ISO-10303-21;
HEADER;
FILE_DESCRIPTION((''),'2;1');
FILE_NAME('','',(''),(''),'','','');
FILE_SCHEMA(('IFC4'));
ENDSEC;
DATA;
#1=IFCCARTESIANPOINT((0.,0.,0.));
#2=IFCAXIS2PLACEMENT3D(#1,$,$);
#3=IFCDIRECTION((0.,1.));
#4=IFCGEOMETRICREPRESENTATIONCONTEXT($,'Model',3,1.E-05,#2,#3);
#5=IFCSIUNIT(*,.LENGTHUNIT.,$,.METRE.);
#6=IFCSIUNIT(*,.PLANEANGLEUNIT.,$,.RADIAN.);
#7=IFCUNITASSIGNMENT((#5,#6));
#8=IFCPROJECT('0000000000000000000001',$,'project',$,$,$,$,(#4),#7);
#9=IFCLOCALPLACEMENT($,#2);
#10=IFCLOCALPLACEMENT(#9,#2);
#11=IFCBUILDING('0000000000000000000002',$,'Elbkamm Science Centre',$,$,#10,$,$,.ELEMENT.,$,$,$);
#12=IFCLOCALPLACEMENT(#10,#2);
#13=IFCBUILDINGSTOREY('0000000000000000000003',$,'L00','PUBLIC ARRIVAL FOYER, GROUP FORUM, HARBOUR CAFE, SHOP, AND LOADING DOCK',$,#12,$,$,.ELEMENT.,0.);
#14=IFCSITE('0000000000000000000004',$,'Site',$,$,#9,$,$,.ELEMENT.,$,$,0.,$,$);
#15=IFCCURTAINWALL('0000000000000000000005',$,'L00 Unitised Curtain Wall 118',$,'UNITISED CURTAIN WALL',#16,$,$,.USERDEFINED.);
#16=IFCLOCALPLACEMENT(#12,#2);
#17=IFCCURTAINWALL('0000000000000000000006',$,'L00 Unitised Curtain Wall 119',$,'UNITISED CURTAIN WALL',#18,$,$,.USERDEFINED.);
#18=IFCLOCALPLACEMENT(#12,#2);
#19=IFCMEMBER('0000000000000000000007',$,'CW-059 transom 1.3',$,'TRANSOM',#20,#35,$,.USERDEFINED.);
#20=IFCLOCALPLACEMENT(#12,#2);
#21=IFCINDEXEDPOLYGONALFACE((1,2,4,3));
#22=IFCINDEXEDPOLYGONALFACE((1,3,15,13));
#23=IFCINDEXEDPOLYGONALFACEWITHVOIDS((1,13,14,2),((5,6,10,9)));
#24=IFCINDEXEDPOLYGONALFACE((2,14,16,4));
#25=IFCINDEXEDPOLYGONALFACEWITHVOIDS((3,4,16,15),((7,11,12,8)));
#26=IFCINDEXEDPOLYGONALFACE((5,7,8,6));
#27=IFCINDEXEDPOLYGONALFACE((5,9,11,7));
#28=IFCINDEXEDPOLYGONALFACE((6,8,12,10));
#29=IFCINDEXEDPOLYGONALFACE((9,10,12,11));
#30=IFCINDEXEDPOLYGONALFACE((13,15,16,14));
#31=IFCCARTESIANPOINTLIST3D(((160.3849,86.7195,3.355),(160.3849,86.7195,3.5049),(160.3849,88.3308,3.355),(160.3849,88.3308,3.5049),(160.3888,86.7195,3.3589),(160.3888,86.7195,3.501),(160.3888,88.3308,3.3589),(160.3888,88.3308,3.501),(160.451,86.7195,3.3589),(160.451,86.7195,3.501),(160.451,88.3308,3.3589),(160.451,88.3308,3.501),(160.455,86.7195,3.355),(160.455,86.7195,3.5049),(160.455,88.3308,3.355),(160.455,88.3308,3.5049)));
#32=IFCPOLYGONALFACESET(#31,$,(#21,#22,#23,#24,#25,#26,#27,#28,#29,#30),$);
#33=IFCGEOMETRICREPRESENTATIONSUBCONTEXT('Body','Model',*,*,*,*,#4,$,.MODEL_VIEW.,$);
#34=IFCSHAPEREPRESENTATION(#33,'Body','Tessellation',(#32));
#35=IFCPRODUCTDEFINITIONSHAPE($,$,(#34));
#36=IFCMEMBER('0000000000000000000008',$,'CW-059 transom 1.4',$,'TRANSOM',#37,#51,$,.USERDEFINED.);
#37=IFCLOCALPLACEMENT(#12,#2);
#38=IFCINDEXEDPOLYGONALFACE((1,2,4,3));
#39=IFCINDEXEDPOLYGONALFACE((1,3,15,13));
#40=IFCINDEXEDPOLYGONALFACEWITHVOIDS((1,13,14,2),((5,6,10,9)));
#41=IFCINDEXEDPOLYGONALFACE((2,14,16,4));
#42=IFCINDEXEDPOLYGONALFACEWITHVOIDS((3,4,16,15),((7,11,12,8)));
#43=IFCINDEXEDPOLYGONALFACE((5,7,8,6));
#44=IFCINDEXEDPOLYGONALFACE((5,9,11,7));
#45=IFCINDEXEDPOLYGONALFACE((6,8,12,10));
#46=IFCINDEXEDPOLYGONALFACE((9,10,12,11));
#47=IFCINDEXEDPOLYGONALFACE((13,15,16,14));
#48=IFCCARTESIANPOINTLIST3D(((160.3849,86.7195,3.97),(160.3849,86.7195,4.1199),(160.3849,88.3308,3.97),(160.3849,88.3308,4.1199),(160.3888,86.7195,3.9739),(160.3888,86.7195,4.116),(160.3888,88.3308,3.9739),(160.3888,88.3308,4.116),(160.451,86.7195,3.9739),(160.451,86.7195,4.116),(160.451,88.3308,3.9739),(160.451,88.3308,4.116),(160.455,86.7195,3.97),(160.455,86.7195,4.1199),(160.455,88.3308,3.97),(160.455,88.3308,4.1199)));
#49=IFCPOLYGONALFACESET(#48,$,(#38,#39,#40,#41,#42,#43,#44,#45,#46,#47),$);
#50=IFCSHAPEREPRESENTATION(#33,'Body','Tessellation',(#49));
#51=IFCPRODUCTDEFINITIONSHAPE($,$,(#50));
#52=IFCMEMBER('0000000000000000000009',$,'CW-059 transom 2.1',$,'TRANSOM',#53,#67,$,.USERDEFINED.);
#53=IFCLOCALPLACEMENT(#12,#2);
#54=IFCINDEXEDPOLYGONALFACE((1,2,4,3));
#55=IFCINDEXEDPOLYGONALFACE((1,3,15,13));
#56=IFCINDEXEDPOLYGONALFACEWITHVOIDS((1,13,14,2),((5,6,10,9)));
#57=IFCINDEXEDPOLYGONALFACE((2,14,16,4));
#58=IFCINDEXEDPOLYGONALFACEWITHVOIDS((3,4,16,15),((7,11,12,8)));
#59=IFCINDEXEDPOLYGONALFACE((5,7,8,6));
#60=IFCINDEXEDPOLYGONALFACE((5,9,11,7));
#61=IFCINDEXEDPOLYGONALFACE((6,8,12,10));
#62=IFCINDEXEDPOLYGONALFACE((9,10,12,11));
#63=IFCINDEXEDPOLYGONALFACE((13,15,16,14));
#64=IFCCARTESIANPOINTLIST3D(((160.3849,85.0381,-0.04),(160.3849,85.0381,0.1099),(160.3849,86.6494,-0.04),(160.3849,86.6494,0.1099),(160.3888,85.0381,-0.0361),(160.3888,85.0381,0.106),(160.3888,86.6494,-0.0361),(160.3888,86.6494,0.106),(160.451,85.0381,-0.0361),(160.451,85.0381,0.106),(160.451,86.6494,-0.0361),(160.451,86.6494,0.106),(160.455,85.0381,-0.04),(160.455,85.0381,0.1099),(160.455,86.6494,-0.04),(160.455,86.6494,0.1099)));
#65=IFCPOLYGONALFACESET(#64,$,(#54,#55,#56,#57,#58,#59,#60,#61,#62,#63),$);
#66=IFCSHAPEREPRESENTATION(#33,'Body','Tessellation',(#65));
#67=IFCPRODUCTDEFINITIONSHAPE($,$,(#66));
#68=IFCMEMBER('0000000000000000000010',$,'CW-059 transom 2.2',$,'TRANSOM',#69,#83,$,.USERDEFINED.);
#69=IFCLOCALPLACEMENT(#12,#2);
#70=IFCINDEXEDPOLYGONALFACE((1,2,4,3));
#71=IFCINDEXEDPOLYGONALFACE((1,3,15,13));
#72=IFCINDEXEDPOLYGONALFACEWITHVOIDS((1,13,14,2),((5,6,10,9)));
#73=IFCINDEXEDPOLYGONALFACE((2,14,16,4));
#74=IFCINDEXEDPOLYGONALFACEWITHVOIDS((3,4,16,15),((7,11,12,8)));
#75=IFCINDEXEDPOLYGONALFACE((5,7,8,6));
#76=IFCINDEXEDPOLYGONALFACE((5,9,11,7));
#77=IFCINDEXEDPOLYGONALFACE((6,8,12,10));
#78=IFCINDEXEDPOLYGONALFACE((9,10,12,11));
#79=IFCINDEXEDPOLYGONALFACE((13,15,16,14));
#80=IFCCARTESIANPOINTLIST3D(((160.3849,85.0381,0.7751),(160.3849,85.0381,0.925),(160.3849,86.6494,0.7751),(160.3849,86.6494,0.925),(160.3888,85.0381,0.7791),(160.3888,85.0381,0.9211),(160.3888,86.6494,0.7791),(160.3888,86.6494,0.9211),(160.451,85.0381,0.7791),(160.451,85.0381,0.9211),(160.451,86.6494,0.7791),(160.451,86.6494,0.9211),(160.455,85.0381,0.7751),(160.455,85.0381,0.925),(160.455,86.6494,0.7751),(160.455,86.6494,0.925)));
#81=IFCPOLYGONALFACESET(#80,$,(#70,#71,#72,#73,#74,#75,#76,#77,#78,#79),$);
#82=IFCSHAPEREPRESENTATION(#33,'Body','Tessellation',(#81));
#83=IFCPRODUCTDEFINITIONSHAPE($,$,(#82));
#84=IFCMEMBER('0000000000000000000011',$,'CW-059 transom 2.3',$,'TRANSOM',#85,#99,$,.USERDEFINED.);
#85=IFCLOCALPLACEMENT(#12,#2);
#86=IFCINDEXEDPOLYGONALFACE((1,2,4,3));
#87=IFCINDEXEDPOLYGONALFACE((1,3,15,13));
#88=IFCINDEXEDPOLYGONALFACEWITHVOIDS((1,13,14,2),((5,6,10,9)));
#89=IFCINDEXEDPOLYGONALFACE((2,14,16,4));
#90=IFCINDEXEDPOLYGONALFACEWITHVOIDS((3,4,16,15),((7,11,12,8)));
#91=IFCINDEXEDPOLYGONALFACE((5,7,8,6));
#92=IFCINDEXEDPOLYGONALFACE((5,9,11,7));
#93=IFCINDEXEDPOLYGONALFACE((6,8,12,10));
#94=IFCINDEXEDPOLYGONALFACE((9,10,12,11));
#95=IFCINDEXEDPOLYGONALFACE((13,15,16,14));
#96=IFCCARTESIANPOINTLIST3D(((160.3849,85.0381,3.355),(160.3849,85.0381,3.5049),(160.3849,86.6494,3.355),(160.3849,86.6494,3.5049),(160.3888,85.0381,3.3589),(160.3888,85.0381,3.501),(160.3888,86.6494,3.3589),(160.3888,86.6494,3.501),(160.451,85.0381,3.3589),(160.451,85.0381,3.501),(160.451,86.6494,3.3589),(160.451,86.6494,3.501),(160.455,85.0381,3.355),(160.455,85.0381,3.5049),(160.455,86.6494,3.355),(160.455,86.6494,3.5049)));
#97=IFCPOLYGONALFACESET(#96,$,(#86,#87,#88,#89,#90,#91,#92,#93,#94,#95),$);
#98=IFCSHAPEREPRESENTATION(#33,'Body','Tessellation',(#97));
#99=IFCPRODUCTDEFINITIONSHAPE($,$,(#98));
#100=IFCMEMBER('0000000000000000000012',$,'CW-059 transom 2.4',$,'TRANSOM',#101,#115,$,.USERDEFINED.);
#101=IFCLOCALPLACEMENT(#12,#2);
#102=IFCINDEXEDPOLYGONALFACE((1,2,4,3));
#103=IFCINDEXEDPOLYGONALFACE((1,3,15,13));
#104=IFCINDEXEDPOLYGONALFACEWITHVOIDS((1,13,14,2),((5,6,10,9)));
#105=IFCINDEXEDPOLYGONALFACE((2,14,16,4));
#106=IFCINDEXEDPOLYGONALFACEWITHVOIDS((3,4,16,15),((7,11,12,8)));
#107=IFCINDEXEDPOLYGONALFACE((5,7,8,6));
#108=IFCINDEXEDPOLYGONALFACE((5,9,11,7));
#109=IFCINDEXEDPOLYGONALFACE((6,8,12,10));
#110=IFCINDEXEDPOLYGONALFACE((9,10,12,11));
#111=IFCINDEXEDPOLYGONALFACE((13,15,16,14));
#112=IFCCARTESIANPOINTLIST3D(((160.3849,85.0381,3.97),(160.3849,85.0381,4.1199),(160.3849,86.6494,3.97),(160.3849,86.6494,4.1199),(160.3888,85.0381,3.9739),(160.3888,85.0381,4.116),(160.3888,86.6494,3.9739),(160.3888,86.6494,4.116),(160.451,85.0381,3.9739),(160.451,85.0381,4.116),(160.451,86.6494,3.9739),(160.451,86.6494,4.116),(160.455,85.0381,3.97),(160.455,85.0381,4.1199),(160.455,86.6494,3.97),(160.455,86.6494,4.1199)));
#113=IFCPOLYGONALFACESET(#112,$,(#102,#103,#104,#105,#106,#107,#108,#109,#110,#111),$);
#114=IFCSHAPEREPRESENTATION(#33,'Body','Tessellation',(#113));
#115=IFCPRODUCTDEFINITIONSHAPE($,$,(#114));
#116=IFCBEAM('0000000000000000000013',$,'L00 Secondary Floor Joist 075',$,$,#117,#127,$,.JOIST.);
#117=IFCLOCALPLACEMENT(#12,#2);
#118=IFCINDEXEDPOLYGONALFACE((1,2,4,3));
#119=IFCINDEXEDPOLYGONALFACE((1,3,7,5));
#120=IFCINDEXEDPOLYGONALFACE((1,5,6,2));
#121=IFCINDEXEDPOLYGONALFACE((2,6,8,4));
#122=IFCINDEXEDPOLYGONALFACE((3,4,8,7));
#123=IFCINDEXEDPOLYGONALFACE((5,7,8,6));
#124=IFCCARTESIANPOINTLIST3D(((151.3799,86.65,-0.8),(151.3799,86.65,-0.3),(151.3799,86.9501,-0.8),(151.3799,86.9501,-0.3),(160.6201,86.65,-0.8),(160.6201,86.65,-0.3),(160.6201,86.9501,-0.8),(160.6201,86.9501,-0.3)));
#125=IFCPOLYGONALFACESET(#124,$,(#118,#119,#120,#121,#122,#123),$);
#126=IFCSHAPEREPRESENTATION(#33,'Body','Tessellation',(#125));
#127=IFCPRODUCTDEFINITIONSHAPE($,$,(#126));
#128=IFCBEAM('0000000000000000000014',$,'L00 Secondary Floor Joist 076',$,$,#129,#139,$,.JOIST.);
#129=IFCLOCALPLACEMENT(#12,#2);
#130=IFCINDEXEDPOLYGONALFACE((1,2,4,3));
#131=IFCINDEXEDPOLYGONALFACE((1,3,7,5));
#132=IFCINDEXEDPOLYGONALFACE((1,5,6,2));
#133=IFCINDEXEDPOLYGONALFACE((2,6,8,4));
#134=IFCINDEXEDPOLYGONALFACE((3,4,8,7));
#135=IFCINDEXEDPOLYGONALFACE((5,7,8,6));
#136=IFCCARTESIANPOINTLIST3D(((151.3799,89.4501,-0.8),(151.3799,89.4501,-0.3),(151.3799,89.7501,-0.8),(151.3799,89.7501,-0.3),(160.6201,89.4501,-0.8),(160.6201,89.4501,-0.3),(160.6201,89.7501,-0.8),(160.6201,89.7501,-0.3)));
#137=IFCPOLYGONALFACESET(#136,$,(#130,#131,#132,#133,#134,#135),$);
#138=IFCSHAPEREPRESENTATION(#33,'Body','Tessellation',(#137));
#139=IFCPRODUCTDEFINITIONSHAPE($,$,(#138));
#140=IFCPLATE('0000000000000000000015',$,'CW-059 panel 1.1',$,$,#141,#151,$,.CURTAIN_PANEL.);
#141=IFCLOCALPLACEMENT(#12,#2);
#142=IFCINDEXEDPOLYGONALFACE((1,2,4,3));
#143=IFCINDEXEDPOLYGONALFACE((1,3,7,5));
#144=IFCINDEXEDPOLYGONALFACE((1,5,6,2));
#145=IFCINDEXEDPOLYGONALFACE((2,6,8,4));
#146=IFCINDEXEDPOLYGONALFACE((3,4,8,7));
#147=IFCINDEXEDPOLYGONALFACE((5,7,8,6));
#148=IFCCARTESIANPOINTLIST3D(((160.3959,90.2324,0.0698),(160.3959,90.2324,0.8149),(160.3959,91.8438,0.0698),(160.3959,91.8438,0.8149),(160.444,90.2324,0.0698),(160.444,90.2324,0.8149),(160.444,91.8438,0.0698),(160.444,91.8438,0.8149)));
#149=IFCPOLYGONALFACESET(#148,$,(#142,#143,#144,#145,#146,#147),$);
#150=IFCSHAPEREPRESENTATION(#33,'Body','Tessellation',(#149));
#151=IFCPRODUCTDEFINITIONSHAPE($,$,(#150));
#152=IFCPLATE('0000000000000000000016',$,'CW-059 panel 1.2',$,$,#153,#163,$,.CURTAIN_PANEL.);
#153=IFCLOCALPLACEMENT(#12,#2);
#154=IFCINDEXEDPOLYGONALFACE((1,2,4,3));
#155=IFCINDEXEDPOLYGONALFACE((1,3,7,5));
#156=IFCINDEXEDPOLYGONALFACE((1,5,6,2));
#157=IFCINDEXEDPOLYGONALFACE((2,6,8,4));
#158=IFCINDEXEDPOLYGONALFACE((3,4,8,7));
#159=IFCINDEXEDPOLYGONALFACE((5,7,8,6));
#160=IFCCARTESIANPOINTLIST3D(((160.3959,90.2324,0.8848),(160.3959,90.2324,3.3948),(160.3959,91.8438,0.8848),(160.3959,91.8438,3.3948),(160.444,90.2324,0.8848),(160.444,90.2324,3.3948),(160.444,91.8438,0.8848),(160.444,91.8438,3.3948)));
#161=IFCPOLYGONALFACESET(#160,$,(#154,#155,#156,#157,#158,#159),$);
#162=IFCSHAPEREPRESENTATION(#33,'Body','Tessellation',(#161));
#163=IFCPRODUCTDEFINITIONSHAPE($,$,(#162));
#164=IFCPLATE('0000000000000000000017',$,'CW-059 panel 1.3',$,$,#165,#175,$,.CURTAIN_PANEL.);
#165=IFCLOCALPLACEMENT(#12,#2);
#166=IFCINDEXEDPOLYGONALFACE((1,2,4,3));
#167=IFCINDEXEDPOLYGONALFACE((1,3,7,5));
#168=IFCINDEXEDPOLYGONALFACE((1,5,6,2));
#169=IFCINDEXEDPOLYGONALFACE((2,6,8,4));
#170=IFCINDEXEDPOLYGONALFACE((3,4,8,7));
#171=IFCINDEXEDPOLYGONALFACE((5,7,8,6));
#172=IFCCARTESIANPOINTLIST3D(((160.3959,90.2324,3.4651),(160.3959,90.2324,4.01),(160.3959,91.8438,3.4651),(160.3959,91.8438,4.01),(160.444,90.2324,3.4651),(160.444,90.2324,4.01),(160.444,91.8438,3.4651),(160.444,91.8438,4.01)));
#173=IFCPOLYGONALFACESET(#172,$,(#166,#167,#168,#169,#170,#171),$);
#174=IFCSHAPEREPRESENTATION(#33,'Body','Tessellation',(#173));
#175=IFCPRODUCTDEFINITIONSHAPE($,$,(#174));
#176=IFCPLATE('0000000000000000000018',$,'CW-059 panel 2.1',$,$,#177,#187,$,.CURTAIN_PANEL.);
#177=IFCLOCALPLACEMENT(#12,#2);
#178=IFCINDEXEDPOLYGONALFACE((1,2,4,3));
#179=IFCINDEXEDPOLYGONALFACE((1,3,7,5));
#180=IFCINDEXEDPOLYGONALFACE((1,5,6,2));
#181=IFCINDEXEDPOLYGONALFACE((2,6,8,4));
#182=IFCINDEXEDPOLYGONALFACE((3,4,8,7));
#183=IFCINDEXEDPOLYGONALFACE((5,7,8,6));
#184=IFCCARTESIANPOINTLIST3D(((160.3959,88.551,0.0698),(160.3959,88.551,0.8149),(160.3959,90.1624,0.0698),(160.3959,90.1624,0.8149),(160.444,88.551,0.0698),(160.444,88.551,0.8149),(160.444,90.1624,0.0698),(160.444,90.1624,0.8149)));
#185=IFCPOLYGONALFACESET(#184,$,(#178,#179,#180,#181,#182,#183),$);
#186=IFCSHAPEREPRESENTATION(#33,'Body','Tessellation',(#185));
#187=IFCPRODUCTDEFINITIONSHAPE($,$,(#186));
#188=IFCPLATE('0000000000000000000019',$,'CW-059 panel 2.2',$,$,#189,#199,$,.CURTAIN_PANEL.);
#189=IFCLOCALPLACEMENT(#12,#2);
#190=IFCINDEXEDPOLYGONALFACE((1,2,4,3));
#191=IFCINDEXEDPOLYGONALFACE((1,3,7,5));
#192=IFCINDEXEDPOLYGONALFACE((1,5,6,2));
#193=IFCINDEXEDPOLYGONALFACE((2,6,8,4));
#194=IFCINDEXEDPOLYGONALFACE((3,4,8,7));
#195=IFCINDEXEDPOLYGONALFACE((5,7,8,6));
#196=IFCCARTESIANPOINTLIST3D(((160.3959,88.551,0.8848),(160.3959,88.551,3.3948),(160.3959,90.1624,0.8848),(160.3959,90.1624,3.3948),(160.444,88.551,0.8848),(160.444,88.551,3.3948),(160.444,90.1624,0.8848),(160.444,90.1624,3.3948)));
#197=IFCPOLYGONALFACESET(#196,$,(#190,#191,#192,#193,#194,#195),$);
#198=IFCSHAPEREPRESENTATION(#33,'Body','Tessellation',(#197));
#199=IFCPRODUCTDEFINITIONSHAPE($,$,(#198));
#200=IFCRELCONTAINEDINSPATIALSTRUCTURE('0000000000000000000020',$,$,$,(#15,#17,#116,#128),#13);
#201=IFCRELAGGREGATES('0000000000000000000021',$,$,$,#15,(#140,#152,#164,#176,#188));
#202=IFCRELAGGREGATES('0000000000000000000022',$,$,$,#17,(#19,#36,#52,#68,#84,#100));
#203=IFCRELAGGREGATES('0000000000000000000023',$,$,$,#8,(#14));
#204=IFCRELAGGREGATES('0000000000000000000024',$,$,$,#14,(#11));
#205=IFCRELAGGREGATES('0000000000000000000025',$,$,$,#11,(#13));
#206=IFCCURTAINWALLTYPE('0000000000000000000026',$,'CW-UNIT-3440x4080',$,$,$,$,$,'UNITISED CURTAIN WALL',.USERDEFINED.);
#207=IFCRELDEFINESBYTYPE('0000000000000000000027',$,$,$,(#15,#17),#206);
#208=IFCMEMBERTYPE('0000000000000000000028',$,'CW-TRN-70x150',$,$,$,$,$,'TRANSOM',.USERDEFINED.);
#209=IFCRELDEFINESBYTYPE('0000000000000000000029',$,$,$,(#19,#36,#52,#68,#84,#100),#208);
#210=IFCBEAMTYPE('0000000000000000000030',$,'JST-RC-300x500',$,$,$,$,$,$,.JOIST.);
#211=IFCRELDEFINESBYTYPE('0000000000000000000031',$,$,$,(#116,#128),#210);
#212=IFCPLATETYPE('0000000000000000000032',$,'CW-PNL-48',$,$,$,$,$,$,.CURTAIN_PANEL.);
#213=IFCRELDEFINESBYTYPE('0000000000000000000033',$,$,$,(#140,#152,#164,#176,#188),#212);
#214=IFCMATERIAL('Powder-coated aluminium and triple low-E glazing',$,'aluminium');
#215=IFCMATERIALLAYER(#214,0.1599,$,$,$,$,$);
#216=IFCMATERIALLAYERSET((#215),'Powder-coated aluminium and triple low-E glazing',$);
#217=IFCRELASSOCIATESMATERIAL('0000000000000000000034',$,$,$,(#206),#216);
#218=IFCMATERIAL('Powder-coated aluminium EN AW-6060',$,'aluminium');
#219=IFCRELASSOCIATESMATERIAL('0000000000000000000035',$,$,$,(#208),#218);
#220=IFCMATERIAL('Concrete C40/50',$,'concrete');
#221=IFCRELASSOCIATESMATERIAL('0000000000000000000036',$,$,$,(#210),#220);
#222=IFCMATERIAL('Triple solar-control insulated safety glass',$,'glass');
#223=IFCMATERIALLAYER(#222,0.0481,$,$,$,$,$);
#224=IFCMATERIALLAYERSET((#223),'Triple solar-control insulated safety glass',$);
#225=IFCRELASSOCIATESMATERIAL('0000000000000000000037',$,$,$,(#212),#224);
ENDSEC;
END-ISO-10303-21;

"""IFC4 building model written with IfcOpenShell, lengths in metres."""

from ifc_helpers import new_model, si_unit, direction, frame, origin, origin_2d, place, context, subcontext, project, spatial, rectangle, hollow_rectangle, extrude, material, layer, layer_set, material_profile, profile_set, type_object, element, aggregate, save


model = new_model("IFC4")

# Units and contexts
model_context = context("Model", 3, precision=1e-05, world=origin(), true_north=direction((0.0, 1.0)))
body_context = subcontext(model_context, "Body", "Model", "MODEL_VIEW")
ifc_project = project(units=[si_unit("LENGTHUNIT", "METRE"), si_unit("PLANEANGLEUNIT", "RADIAN")], contexts=[model_context])

# Site, building, storey
site_placement = place(None, origin())
site = spatial("IfcSite", under=ifc_project, at=site_placement, Name="Site", CompositionType="ELEMENT", RefElevation=0.0)
building_placement = place(site_placement, origin())
building = spatial("IfcBuilding", under=site, at=building_placement, Name="Elbkamm Science Centre", CompositionType="ELEMENT")
storey_placement = place(building_placement, origin())
storey = spatial("IfcBuildingStorey", under=building, at=storey_placement, Name="L00", Description="PUBLIC ARRIVAL FOYER, GROUP FORUM, HARBOUR CAFE, SHOP, AND LOADING DOCK", CompositionType="ELEMENT", Elevation=0.0)

# Curtain walls
ifc_material_1 = material(Name="Powder-coated aluminium and triple low-E glazing", Category="aluminium")
ifc_layer_1 = layer(ifc_material_1, 0.1599)
ifc_layer_set_1 = layer_set([ifc_layer_1], Name="Powder-coated aluminium and triple low-E glazing")
curtain_wall_type = type_object("IfcCurtainWallType", Name="CW-UNIT-3440x4080", ElementType="UNITISED CURTAIN WALL", PredefinedType="USERDEFINED", material=ifc_layer_set_1)
curtain_wall_1_placement = place(storey_placement, origin())
curtain_wall_1 = element("IfcCurtainWall", 1, at=curtain_wall_1_placement, inside=storey, type_object=curtain_wall_type, Name="L00 Unitised Curtain Wall 118", ObjectType="UNITISED CURTAIN WALL", PredefinedType="USERDEFINED")
ifc_material_2 = material(Name="Powder-coated aluminium EN AW-6060", Category="aluminium")
curtain_wall_2_placement = place(storey_placement, origin())
curtain_wall_2 = element("IfcCurtainWall", 2, at=curtain_wall_2_placement, inside=storey, type_object=curtain_wall_type, Name="L00 Unitised Curtain Wall 119", ObjectType="UNITISED CURTAIN WALL", PredefinedType="USERDEFINED")

# Members
ifc_material_profile_1 = material_profile(ifc_material_2, hollow_rectangle(XDim=0.0701, YDim=0.1499, WallThickness=0.0039, at=origin_2d()), Name="ALU T70x150")
ifc_profile_set_1 = profile_set([ifc_material_profile_1], Name="Powder-coated aluminium EN AW-6060")
member_type_1 = type_object("IfcMemberType", Name="CW-TRN-70x150", ElementType="TRANSOM", PredefinedType="USERDEFINED", material=ifc_profile_set_1)
member_1_placement = place(storey_placement, frame((160.4199, 88.3308, 3.4299), z_axis=(0.0, -1.0, 0.0), x_axis=(1.0, 0.0, 0.0)))
member_1 = element("IfcMember", 3, at=member_1_placement, type_object=member_type_1, Name="CW-059 transom 1.3", ObjectType="TRANSOM", PredefinedType="USERDEFINED", context=body_context, shape_type="SweptSolid", body=[
    extrude(hollow_rectangle(XDim=0.0701, YDim=0.1499, WallThickness=0.0039, at=origin_2d()), origin(), (0.0, 0.0, 1.0), 1.6113),
])
member_2_placement = place(storey_placement, frame((160.4199, 88.3308, 4.0449), z_axis=(0.0, -1.0, 0.0), x_axis=(1.0, 0.0, 0.0)))
member_2 = element("IfcMember", 4, at=member_2_placement, type_object=member_type_1, Name="CW-059 transom 1.4", ObjectType="TRANSOM", PredefinedType="USERDEFINED", context=body_context, shape_type="SweptSolid", body=[
    extrude(hollow_rectangle(XDim=0.0701, YDim=0.1499, WallThickness=0.0039, at=origin_2d()), origin(), (0.0, 0.0, 1.0), 1.6113),
])
member_3_placement = place(storey_placement, frame((160.4199, 86.6494, 0.0349), z_axis=(0.0, -1.0, 0.0), x_axis=(1.0, 0.0, 0.0)))
member_3 = element("IfcMember", 5, at=member_3_placement, type_object=member_type_1, Name="CW-059 transom 2.1", ObjectType="TRANSOM", PredefinedType="USERDEFINED", context=body_context, shape_type="SweptSolid", body=[
    extrude(hollow_rectangle(XDim=0.0701, YDim=0.1499, WallThickness=0.0039, at=origin_2d()), origin(), (0.0, 0.0, 1.0), 1.6113),
])
member_4_placement = place(storey_placement, frame((160.4199, 86.6494, 0.8501), z_axis=(0.0, -1.0, 0.0), x_axis=(1.0, 0.0, 0.0)))
member_4 = element("IfcMember", 6, at=member_4_placement, type_object=member_type_1, Name="CW-059 transom 2.2", ObjectType="TRANSOM", PredefinedType="USERDEFINED", context=body_context, shape_type="SweptSolid", body=[
    extrude(hollow_rectangle(XDim=0.0701, YDim=0.1499, WallThickness=0.0039, at=origin_2d()), origin(), (0.0, 0.0, 1.0), 1.6113),
])
member_5_placement = place(storey_placement, frame((160.4199, 86.6494, 3.4299), z_axis=(0.0, -1.0, 0.0), x_axis=(1.0, 0.0, 0.0)))
member_5 = element("IfcMember", 7, at=member_5_placement, type_object=member_type_1, Name="CW-059 transom 2.3", ObjectType="TRANSOM", PredefinedType="USERDEFINED", context=body_context, shape_type="SweptSolid", body=[
    extrude(hollow_rectangle(XDim=0.0701, YDim=0.1499, WallThickness=0.0039, at=origin_2d()), origin(), (0.0, 0.0, 1.0), 1.6113),
])
member_6_placement = place(storey_placement, frame((160.4199, 86.6494, 4.0449), z_axis=(0.0, -1.0, 0.0), x_axis=(1.0, 0.0, 0.0)))
member_6 = element("IfcMember", 8, at=member_6_placement, type_object=member_type_1, Name="CW-059 transom 2.4", ObjectType="TRANSOM", PredefinedType="USERDEFINED", context=body_context, shape_type="SweptSolid", body=[
    extrude(hollow_rectangle(XDim=0.0701, YDim=0.1499, WallThickness=0.0039, at=origin_2d()), origin(), (0.0, 0.0, 1.0), 1.6113),
])

# Beams
ifc_material_3 = material(Name="Concrete C40/50", Category="concrete")
ifc_material_profile_2 = material_profile(ifc_material_3, rectangle(XDim=0.3, YDim=0.5, at=origin_2d()), Name="RC 300x500")
ifc_profile_set_2 = profile_set([ifc_material_profile_2], Name="Concrete C40/50")
beam_type = type_object("IfcBeamType", Name="JST-RC-300x500", PredefinedType="JOIST", material=ifc_profile_set_2)
for number, where, z_axis, x_axis, name in (
    (9, (151.3799, 86.8, -0.55), (1.0, 0.0, 0.0), (0.0, 1.0, 0.0), "L00 Secondary Floor Joist 075"),
    (10, (151.3799, 89.6001, -0.55), (1.0, 0.0, 0.0), (0.0, 1.0, 0.0), "L00 Secondary Floor Joist 076"),
):
    element("IfcBeam", number, at=place(storey_placement, frame(where, z_axis=z_axis, x_axis=x_axis)), inside=storey, type_object=beam_type, Name=name, PredefinedType="JOIST", context=body_context, shape_type="SweptSolid", body=[
        extrude(rectangle(XDim=0.3, YDim=0.5, at=origin_2d()), origin(), (0.0, 0.0, 1.0), 9.2402),
    ])

# Plates
ifc_material_4 = material(Name="Triple solar-control insulated safety glass", Category="glass")
ifc_layer_2 = layer(ifc_material_4, 0.0481)
ifc_layer_set_2 = layer_set([ifc_layer_2], Name="Triple solar-control insulated safety glass")
plate_type = type_object("IfcPlateType", Name="CW-PNL-48", PredefinedType="CURTAIN_PANEL", material=ifc_layer_set_2)
plate_1_placement = place(storey_placement, frame((160.4199, 91.0381, 0.0698), z_axis=(0.0, 0.0, 1.0), x_axis=(0.0, -1.0, 0.0)))
plate_1 = element("IfcPlate", 11, at=plate_1_placement, type_object=plate_type, Name="CW-059 panel 1.1", PredefinedType="CURTAIN_PANEL", context=body_context, shape_type="SweptSolid", body=[
    extrude(rectangle(XDim=1.6113, YDim=0.0481, at=origin_2d()), origin(), (0.0, 0.0, 1.0), 0.7451),
])
plate_2_placement = place(storey_placement, frame((160.4199, 91.0381, 0.8848), z_axis=(0.0, 0.0, 1.0), x_axis=(0.0, -1.0, 0.0)))
plate_2 = element("IfcPlate", 12, at=plate_2_placement, type_object=plate_type, Name="CW-059 panel 1.2", PredefinedType="CURTAIN_PANEL", context=body_context, shape_type="SweptSolid", body=[
    extrude(rectangle(XDim=1.6113, YDim=0.0481, at=origin_2d()), origin(), (0.0, 0.0, 1.0), 2.51),
])
plate_3_placement = place(storey_placement, frame((160.4199, 91.0381, 3.4651), z_axis=(0.0, 0.0, 1.0), x_axis=(0.0, -1.0, 0.0)))
plate_3 = element("IfcPlate", 13, at=plate_3_placement, type_object=plate_type, Name="CW-059 panel 1.3", PredefinedType="CURTAIN_PANEL", context=body_context, shape_type="SweptSolid", body=[
    extrude(rectangle(XDim=1.6113, YDim=0.0481, at=origin_2d()), origin(), (0.0, 0.0, 1.0), 0.5449),
])
plate_4_placement = place(storey_placement, frame((160.4199, 89.3567, 0.0698), z_axis=(0.0, 0.0, 1.0), x_axis=(0.0, -1.0, 0.0)))
plate_4 = element("IfcPlate", 14, at=plate_4_placement, type_object=plate_type, Name="CW-059 panel 2.1", PredefinedType="CURTAIN_PANEL", context=body_context, shape_type="SweptSolid", body=[
    extrude(rectangle(XDim=1.6113, YDim=0.0481, at=origin_2d()), origin(), (0.0, 0.0, 1.0), 0.7451),
])
plate_5_placement = place(storey_placement, frame((160.4199, 89.3567, 0.8848), z_axis=(0.0, 0.0, 1.0), x_axis=(0.0, -1.0, 0.0)))
plate_5 = element("IfcPlate", 15, at=plate_5_placement, type_object=plate_type, Name="CW-059 panel 2.2", PredefinedType="CURTAIN_PANEL", context=body_context, shape_type="SweptSolid", body=[
    extrude(rectangle(XDim=1.6113, YDim=0.0481, at=origin_2d()), origin(), (0.0, 0.0, 1.0), 2.51),
])
aggregate(curtain_wall_1, [plate_1, plate_2, plate_3, plate_4, plate_5])
aggregate(curtain_wall_2, [member_1, member_2, member_3, member_4, member_5, member_6])

save(model, "model.ifc")
